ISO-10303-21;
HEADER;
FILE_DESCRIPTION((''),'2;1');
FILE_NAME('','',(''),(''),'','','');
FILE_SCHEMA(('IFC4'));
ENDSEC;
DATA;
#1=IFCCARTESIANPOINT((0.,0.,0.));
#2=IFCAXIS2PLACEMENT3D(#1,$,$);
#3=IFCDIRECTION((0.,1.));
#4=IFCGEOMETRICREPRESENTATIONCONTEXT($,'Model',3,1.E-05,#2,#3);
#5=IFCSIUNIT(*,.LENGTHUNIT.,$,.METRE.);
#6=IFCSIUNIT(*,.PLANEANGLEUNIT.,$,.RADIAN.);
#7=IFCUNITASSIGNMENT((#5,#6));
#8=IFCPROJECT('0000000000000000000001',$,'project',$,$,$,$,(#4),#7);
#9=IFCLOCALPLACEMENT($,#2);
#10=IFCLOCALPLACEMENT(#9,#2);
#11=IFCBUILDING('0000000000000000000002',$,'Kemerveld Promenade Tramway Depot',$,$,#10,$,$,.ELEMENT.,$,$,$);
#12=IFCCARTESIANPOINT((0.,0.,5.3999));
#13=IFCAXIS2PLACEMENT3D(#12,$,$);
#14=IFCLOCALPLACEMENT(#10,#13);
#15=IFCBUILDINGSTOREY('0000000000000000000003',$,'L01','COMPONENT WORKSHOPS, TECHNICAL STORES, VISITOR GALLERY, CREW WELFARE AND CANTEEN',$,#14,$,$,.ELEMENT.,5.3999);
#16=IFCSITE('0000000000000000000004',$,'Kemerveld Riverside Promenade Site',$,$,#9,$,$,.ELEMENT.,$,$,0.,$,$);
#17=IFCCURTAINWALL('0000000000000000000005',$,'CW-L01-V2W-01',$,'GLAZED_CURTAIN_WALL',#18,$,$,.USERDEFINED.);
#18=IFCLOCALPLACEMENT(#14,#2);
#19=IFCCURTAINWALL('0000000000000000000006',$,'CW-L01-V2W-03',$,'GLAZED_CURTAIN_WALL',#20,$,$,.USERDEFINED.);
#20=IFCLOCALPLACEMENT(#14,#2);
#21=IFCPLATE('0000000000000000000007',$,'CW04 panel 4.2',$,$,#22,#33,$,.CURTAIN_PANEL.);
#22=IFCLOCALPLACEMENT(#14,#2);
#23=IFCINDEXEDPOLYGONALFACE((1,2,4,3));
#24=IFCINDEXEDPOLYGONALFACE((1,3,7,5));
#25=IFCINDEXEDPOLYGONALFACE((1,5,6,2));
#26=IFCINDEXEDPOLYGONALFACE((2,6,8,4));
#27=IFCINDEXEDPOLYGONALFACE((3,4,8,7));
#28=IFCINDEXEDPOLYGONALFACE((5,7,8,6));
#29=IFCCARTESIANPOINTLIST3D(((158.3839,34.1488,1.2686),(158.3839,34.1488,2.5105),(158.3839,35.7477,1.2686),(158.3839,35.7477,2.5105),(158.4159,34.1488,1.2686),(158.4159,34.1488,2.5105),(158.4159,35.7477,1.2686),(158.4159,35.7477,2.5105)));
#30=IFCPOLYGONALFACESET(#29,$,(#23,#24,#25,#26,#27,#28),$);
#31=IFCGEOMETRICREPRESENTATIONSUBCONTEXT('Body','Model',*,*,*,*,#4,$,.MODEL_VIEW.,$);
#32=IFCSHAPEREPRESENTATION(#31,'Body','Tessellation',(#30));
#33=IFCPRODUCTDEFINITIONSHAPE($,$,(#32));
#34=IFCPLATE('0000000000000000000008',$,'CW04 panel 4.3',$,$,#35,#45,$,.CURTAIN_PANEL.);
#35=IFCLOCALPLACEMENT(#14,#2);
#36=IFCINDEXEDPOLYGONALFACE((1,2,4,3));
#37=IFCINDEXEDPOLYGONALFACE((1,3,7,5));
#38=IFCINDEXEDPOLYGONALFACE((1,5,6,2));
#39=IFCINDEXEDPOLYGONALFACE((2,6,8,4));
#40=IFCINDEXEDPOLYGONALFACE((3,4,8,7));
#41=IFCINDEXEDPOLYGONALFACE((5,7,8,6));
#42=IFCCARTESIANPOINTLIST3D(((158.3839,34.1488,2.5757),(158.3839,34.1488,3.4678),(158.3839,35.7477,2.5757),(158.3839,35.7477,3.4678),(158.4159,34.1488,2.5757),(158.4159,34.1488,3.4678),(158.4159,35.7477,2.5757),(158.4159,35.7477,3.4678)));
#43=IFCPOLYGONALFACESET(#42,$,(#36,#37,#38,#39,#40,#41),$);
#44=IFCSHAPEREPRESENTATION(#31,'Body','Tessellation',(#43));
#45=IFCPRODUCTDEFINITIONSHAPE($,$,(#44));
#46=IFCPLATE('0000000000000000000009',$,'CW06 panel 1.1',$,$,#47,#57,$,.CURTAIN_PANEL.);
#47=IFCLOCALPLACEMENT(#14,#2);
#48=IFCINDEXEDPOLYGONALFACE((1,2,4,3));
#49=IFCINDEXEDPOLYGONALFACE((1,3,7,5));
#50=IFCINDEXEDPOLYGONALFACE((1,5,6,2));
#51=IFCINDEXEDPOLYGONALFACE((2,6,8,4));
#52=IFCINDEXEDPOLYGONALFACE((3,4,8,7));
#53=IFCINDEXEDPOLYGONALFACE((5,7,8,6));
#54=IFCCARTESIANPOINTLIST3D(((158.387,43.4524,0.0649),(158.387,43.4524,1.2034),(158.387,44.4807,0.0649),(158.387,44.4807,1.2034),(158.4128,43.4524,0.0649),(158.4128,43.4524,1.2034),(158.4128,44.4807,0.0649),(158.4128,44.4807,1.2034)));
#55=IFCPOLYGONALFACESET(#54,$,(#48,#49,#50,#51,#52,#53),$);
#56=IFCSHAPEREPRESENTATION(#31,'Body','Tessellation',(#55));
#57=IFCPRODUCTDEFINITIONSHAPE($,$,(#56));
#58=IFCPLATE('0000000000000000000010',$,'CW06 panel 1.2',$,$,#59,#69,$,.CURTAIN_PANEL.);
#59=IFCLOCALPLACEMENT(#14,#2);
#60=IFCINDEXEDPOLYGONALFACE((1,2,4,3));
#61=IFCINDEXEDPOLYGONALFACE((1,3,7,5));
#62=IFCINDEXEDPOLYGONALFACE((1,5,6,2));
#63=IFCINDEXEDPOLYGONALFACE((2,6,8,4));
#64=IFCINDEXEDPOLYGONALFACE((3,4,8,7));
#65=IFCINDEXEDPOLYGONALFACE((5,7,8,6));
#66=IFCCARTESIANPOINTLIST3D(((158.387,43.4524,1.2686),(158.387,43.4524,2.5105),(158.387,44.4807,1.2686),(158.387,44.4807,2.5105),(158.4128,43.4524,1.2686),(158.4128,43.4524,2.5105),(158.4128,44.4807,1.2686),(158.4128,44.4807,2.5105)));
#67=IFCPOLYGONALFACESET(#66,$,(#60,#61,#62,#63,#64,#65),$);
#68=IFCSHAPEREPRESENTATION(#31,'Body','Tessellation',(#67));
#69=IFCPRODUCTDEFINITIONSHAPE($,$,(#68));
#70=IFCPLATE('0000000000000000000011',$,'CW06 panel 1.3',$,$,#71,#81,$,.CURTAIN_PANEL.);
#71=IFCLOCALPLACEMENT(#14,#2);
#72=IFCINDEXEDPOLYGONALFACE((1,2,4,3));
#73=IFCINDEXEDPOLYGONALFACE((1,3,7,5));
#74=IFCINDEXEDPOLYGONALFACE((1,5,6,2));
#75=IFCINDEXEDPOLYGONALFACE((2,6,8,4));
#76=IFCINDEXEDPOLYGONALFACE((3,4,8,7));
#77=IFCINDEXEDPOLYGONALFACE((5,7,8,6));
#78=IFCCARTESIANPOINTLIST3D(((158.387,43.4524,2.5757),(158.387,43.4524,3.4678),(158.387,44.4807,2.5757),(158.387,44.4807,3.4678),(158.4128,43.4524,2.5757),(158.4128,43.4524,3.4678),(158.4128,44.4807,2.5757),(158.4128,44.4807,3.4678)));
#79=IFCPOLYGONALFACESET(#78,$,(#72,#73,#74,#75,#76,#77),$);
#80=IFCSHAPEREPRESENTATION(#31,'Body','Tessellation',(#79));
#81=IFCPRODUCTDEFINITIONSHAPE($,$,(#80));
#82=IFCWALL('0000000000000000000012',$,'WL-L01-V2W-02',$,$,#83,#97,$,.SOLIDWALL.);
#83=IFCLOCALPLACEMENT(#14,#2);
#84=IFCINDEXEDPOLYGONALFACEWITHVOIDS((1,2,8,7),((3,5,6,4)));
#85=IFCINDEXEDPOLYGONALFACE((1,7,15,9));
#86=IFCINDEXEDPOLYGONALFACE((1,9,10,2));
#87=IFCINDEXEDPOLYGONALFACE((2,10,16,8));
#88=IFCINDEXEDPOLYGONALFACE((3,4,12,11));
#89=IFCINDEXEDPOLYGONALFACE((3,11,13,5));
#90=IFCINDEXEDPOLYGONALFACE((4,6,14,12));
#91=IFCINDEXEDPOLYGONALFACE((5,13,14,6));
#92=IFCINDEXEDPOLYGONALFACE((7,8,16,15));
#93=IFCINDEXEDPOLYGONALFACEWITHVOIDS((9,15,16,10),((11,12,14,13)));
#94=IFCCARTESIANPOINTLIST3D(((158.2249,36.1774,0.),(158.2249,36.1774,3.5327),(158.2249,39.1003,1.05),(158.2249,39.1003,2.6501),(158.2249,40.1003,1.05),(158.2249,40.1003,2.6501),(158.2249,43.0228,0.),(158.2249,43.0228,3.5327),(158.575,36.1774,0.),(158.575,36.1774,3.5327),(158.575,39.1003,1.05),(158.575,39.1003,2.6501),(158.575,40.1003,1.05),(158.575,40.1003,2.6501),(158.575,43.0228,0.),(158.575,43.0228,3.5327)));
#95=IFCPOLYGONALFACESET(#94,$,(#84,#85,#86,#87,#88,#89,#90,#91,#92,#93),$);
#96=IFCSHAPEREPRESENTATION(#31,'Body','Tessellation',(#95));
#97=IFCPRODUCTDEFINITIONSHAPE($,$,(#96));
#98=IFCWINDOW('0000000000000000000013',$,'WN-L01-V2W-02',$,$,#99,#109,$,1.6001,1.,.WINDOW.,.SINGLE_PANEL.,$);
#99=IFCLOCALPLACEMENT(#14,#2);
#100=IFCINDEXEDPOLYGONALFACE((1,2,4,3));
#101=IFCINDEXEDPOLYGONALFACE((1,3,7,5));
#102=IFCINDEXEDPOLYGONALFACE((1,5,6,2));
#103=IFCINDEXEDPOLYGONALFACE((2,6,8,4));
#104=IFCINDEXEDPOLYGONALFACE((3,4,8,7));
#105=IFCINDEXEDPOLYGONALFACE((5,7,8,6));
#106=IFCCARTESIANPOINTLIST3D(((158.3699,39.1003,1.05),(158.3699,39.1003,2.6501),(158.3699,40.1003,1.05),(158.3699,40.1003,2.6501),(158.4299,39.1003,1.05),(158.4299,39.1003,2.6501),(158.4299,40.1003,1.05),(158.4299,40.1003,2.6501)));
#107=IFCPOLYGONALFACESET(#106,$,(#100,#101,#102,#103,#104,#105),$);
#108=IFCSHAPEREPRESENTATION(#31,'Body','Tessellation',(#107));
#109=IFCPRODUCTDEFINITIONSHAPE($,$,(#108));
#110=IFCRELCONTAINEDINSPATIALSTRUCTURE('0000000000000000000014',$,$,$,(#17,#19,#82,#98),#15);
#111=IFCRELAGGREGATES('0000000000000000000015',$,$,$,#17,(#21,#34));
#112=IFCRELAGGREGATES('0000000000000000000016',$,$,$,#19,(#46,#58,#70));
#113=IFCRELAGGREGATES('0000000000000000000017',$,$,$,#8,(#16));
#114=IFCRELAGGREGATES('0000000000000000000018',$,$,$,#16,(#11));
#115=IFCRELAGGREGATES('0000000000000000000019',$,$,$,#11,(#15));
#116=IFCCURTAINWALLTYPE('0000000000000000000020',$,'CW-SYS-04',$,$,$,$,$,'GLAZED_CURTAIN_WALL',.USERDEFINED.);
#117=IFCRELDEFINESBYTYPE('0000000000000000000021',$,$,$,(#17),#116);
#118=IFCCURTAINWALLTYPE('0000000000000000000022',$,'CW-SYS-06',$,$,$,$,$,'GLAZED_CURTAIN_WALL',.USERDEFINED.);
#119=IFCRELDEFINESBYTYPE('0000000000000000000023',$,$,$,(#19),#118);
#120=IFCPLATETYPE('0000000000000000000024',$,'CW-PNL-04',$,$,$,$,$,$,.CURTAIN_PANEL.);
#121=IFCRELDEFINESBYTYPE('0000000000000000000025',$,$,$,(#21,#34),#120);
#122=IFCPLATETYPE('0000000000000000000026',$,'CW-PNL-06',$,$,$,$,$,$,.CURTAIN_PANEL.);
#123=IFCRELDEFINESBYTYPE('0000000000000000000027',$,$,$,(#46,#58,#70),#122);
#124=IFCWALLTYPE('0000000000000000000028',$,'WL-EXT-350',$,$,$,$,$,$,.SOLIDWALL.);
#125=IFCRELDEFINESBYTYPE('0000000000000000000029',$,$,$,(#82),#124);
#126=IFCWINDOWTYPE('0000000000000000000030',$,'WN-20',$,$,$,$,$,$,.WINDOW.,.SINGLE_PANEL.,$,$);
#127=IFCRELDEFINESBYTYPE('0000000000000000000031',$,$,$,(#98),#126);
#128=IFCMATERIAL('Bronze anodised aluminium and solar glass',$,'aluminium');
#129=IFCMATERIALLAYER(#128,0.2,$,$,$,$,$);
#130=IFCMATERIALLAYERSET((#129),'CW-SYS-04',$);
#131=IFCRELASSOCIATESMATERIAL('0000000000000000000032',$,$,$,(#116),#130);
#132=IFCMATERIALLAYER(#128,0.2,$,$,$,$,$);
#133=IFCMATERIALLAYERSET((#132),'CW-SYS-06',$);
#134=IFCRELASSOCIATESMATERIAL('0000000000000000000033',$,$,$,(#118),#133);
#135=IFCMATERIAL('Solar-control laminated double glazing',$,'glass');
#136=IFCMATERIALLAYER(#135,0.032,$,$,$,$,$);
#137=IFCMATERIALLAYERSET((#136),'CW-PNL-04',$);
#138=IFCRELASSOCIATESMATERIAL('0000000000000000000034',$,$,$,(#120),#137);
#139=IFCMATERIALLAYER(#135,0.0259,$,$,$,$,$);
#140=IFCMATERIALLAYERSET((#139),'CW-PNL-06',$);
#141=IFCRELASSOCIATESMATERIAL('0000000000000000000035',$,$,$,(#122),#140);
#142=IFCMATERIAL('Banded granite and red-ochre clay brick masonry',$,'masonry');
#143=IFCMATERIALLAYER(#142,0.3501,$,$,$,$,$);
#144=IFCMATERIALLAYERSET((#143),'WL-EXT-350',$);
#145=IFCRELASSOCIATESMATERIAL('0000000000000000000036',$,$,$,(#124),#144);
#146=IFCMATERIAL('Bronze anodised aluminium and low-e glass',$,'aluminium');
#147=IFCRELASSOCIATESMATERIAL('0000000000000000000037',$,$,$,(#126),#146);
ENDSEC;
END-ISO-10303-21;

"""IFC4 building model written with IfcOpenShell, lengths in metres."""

from ifc_helpers import new_model, si_unit, direction, frame, frame_2d, origin, origin_2d, place, context, subcontext, project, spatial, rectangle, extrude, material, layer, layer_set, type_object, element, fill, aggregate, save


model = new_model("IFC4")

# Units and contexts
model_context = context("Model", 3, precision=1e-05, world=origin(), true_north=direction((0.0, 1.0)))
body_context = subcontext(model_context, "Body", "Model", "MODEL_VIEW")
ifc_project = project(units=[si_unit("LENGTHUNIT", "METRE"), si_unit("PLANEANGLEUNIT", "RADIAN")], contexts=[model_context])

# Site, building, storey
site_placement = place(None, origin())
site = spatial("IfcSite", under=ifc_project, at=site_placement, Name="Kemerveld Riverside Promenade Site", CompositionType="ELEMENT", RefElevation=0.0)
building_placement = place(site_placement, origin())
building = spatial("IfcBuilding", under=site, at=building_placement, Name="Kemerveld Promenade Tramway Depot", CompositionType="ELEMENT")
storey_placement = place(building_placement, frame((0.0, 0.0, 5.3999)))
storey = spatial("IfcBuildingStorey", under=building, at=storey_placement, Name="L01", Description="COMPONENT WORKSHOPS, TECHNICAL STORES, VISITOR GALLERY, CREW WELFARE AND CANTEEN", CompositionType="ELEMENT", Elevation=5.3999)

# Curtain walls
ifc_material_1 = material(Name="Bronze anodised aluminium and solar glass", Category="aluminium")
ifc_layer_1 = layer(ifc_material_1, 0.2)
ifc_layer_set_1 = layer_set([ifc_layer_1], Name="CW-SYS-04")
curtain_wall_type_1 = type_object("IfcCurtainWallType", Name="CW-SYS-04", ElementType="GLAZED_CURTAIN_WALL", PredefinedType="USERDEFINED", material=ifc_layer_set_1)
curtain_wall_1_placement = place(storey_placement, origin())
curtain_wall_1 = element("IfcCurtainWall", 1, at=curtain_wall_1_placement, inside=storey, type_object=curtain_wall_type_1, Name="CW-L01-V2W-01", ObjectType="GLAZED_CURTAIN_WALL", PredefinedType="USERDEFINED")
ifc_layer_2 = layer(ifc_material_1, 0.2)
ifc_layer_set_2 = layer_set([ifc_layer_2], Name="CW-SYS-06")
curtain_wall_type_2 = type_object("IfcCurtainWallType", Name="CW-SYS-06", ElementType="GLAZED_CURTAIN_WALL", PredefinedType="USERDEFINED", material=ifc_layer_set_2)
curtain_wall_2_placement = place(storey_placement, origin())
curtain_wall_2 = element("IfcCurtainWall", 2, at=curtain_wall_2_placement, inside=storey, type_object=curtain_wall_type_2, Name="CW-L01-V2W-03", ObjectType="GLAZED_CURTAIN_WALL", PredefinedType="USERDEFINED")

# Plates
ifc_material_2 = material(Name="Solar-control laminated double glazing", Category="glass")
ifc_layer_3 = layer(ifc_material_2, 0.032)
ifc_layer_set_3 = layer_set([ifc_layer_3], Name="CW-PNL-04")
plate_type_1 = type_object("IfcPlateType", Name="CW-PNL-04", PredefinedType="CURTAIN_PANEL", material=ifc_layer_set_3)
plate_1_placement = place(storey_placement, frame((158.3999, 34.9482, 1.2686), z_axis=(0.0, 0.0, 1.0), x_axis=(0.0, 1.0, 0.0)))
plate_1 = element("IfcPlate", 3, at=plate_1_placement, type_object=plate_type_1, Name="CW04 panel 4.2", PredefinedType="CURTAIN_PANEL", context=body_context, shape_type="SweptSolid", body=[
    extrude(rectangle(XDim=1.5989, YDim=0.032, at=origin_2d()), origin(), (0.0, 0.0, 1.0), 1.2419),
])
plate_2_placement = place(storey_placement, frame((158.3999, 34.9482, 2.5757), z_axis=(0.0, 0.0, 1.0), x_axis=(0.0, 1.0, 0.0)))
plate_2 = element("IfcPlate", 4, at=plate_2_placement, type_object=plate_type_1, Name="CW04 panel 4.3", PredefinedType="CURTAIN_PANEL", context=body_context, shape_type="SweptSolid", body=[
    extrude(rectangle(XDim=1.5989, YDim=0.032, at=origin_2d()), origin(), (0.0, 0.0, 1.0), 0.8921),
])
aggregate(curtain_wall_1, [plate_1, plate_2])
ifc_layer_4 = layer(ifc_material_2, 0.0259)
ifc_layer_set_4 = layer_set([ifc_layer_4], Name="CW-PNL-06")
plate_type_2 = type_object("IfcPlateType", Name="CW-PNL-06", PredefinedType="CURTAIN_PANEL", material=ifc_layer_set_4)
plate_3_placement = place(storey_placement, frame((158.3999, 43.9666, 0.0649), z_axis=(0.0, 0.0, 1.0), x_axis=(0.0, 1.0, 0.0)))
plate_3 = element("IfcPlate", 5, at=plate_3_placement, type_object=plate_type_2, Name="CW06 panel 1.1", PredefinedType="CURTAIN_PANEL", context=body_context, shape_type="SweptSolid", body=[
    extrude(rectangle(XDim=1.0283, YDim=0.0259, at=origin_2d()), origin(), (0.0, 0.0, 1.0), 1.1384),
])
plate_4_placement = place(storey_placement, frame((158.3999, 43.9666, 1.2686), z_axis=(0.0, 0.0, 1.0), x_axis=(0.0, 1.0, 0.0)))
plate_4 = element("IfcPlate", 6, at=plate_4_placement, type_object=plate_type_2, Name="CW06 panel 1.2", PredefinedType="CURTAIN_PANEL", context=body_context, shape_type="SweptSolid", body=[
    extrude(rectangle(XDim=1.0283, YDim=0.0259, at=origin_2d()), origin(), (0.0, 0.0, 1.0), 1.2419),
])
plate_5_placement = place(storey_placement, frame((158.3999, 43.9666, 2.5757), z_axis=(0.0, 0.0, 1.0), x_axis=(0.0, 1.0, 0.0)))
plate_5 = element("IfcPlate", 7, at=plate_5_placement, type_object=plate_type_2, Name="CW06 panel 1.3", PredefinedType="CURTAIN_PANEL", context=body_context, shape_type="SweptSolid", body=[
    extrude(rectangle(XDim=1.0283, YDim=0.0259, at=origin_2d()), origin(), (0.0, 0.0, 1.0), 0.8921),
])
aggregate(curtain_wall_2, [plate_3, plate_4, plate_5])

# Wall, opening, window
ifc_material_3 = material(Name="Banded granite and red-ochre clay brick masonry", Category="masonry")
ifc_layer_5 = layer(ifc_material_3, 0.3501)
ifc_layer_set_5 = layer_set([ifc_layer_5], Name="WL-EXT-350")
wall_type = type_object("IfcWallType", Name="WL-EXT-350", PredefinedType="SOLIDWALL", material=ifc_layer_set_5)
wall_placement = place(storey_placement, frame((158.3999, 36.1772, 0.0), z_axis=(0.0, 0.0, 1.0), x_axis=(0.0, 1.0, 0.0)))
wall = element("IfcWall", 8, at=wall_placement, inside=storey, type_object=wall_type, Name="WL-L01-V2W-02", PredefinedType="SOLIDWALL", context=body_context, shape_type="SweptSolid", body=[
    extrude(rectangle(XDim=6.8455, YDim=0.3501, at=frame_2d((3.4229, 0.0))), origin(), (0.0, 0.0, 1.0), 3.5327),
])
opening_placement = place(wall_placement, frame((2.9231, 0.0, 1.05)))
opening = element("IfcOpeningElement", 9, at=opening_placement, cuts=wall, PredefinedType="OPENING", context=body_context, shape_type="SweptSolid", body=[
    extrude(rectangle(XDim=1.0, YDim=1.6001, at=frame_2d((0.5, 0.8))), frame((0.0, 0.1851, 0.0), z_axis=(0.0, -1.0, 0.0), x_axis=(1.0, 0.0, 0.0)), (0.0, 0.0, 1.0), 0.3701),
])
ifc_material_4 = material(Name="Bronze anodised aluminium and low-e glass", Category="aluminium")
window_type = type_object("IfcWindowType", Name="WN-20", PartitioningType="SINGLE_PANEL", PredefinedType="WINDOW", material=ifc_material_4)
window_placement = place(opening_placement, origin())
window = element("IfcWindow", 10, at=window_placement, inside=storey, type_object=window_type, Name="WN-L01-V2W-02", OverallHeight=1.6001, OverallWidth=1.0, PartitioningType="SINGLE_PANEL", PredefinedType="WINDOW", context=body_context, shape_type="SweptSolid", body=[
    extrude(rectangle(XDim=1.0, YDim=1.6001, at=frame_2d((0.5, 0.8))), frame((0.0, 0.03, 0.0), z_axis=(0.0, -1.0, 0.0), x_axis=(1.0, 0.0, 0.0)), (0.0, 0.0, 1.0), 0.0601),
])
fill(opening, window)

save(model, "model.ifc")
